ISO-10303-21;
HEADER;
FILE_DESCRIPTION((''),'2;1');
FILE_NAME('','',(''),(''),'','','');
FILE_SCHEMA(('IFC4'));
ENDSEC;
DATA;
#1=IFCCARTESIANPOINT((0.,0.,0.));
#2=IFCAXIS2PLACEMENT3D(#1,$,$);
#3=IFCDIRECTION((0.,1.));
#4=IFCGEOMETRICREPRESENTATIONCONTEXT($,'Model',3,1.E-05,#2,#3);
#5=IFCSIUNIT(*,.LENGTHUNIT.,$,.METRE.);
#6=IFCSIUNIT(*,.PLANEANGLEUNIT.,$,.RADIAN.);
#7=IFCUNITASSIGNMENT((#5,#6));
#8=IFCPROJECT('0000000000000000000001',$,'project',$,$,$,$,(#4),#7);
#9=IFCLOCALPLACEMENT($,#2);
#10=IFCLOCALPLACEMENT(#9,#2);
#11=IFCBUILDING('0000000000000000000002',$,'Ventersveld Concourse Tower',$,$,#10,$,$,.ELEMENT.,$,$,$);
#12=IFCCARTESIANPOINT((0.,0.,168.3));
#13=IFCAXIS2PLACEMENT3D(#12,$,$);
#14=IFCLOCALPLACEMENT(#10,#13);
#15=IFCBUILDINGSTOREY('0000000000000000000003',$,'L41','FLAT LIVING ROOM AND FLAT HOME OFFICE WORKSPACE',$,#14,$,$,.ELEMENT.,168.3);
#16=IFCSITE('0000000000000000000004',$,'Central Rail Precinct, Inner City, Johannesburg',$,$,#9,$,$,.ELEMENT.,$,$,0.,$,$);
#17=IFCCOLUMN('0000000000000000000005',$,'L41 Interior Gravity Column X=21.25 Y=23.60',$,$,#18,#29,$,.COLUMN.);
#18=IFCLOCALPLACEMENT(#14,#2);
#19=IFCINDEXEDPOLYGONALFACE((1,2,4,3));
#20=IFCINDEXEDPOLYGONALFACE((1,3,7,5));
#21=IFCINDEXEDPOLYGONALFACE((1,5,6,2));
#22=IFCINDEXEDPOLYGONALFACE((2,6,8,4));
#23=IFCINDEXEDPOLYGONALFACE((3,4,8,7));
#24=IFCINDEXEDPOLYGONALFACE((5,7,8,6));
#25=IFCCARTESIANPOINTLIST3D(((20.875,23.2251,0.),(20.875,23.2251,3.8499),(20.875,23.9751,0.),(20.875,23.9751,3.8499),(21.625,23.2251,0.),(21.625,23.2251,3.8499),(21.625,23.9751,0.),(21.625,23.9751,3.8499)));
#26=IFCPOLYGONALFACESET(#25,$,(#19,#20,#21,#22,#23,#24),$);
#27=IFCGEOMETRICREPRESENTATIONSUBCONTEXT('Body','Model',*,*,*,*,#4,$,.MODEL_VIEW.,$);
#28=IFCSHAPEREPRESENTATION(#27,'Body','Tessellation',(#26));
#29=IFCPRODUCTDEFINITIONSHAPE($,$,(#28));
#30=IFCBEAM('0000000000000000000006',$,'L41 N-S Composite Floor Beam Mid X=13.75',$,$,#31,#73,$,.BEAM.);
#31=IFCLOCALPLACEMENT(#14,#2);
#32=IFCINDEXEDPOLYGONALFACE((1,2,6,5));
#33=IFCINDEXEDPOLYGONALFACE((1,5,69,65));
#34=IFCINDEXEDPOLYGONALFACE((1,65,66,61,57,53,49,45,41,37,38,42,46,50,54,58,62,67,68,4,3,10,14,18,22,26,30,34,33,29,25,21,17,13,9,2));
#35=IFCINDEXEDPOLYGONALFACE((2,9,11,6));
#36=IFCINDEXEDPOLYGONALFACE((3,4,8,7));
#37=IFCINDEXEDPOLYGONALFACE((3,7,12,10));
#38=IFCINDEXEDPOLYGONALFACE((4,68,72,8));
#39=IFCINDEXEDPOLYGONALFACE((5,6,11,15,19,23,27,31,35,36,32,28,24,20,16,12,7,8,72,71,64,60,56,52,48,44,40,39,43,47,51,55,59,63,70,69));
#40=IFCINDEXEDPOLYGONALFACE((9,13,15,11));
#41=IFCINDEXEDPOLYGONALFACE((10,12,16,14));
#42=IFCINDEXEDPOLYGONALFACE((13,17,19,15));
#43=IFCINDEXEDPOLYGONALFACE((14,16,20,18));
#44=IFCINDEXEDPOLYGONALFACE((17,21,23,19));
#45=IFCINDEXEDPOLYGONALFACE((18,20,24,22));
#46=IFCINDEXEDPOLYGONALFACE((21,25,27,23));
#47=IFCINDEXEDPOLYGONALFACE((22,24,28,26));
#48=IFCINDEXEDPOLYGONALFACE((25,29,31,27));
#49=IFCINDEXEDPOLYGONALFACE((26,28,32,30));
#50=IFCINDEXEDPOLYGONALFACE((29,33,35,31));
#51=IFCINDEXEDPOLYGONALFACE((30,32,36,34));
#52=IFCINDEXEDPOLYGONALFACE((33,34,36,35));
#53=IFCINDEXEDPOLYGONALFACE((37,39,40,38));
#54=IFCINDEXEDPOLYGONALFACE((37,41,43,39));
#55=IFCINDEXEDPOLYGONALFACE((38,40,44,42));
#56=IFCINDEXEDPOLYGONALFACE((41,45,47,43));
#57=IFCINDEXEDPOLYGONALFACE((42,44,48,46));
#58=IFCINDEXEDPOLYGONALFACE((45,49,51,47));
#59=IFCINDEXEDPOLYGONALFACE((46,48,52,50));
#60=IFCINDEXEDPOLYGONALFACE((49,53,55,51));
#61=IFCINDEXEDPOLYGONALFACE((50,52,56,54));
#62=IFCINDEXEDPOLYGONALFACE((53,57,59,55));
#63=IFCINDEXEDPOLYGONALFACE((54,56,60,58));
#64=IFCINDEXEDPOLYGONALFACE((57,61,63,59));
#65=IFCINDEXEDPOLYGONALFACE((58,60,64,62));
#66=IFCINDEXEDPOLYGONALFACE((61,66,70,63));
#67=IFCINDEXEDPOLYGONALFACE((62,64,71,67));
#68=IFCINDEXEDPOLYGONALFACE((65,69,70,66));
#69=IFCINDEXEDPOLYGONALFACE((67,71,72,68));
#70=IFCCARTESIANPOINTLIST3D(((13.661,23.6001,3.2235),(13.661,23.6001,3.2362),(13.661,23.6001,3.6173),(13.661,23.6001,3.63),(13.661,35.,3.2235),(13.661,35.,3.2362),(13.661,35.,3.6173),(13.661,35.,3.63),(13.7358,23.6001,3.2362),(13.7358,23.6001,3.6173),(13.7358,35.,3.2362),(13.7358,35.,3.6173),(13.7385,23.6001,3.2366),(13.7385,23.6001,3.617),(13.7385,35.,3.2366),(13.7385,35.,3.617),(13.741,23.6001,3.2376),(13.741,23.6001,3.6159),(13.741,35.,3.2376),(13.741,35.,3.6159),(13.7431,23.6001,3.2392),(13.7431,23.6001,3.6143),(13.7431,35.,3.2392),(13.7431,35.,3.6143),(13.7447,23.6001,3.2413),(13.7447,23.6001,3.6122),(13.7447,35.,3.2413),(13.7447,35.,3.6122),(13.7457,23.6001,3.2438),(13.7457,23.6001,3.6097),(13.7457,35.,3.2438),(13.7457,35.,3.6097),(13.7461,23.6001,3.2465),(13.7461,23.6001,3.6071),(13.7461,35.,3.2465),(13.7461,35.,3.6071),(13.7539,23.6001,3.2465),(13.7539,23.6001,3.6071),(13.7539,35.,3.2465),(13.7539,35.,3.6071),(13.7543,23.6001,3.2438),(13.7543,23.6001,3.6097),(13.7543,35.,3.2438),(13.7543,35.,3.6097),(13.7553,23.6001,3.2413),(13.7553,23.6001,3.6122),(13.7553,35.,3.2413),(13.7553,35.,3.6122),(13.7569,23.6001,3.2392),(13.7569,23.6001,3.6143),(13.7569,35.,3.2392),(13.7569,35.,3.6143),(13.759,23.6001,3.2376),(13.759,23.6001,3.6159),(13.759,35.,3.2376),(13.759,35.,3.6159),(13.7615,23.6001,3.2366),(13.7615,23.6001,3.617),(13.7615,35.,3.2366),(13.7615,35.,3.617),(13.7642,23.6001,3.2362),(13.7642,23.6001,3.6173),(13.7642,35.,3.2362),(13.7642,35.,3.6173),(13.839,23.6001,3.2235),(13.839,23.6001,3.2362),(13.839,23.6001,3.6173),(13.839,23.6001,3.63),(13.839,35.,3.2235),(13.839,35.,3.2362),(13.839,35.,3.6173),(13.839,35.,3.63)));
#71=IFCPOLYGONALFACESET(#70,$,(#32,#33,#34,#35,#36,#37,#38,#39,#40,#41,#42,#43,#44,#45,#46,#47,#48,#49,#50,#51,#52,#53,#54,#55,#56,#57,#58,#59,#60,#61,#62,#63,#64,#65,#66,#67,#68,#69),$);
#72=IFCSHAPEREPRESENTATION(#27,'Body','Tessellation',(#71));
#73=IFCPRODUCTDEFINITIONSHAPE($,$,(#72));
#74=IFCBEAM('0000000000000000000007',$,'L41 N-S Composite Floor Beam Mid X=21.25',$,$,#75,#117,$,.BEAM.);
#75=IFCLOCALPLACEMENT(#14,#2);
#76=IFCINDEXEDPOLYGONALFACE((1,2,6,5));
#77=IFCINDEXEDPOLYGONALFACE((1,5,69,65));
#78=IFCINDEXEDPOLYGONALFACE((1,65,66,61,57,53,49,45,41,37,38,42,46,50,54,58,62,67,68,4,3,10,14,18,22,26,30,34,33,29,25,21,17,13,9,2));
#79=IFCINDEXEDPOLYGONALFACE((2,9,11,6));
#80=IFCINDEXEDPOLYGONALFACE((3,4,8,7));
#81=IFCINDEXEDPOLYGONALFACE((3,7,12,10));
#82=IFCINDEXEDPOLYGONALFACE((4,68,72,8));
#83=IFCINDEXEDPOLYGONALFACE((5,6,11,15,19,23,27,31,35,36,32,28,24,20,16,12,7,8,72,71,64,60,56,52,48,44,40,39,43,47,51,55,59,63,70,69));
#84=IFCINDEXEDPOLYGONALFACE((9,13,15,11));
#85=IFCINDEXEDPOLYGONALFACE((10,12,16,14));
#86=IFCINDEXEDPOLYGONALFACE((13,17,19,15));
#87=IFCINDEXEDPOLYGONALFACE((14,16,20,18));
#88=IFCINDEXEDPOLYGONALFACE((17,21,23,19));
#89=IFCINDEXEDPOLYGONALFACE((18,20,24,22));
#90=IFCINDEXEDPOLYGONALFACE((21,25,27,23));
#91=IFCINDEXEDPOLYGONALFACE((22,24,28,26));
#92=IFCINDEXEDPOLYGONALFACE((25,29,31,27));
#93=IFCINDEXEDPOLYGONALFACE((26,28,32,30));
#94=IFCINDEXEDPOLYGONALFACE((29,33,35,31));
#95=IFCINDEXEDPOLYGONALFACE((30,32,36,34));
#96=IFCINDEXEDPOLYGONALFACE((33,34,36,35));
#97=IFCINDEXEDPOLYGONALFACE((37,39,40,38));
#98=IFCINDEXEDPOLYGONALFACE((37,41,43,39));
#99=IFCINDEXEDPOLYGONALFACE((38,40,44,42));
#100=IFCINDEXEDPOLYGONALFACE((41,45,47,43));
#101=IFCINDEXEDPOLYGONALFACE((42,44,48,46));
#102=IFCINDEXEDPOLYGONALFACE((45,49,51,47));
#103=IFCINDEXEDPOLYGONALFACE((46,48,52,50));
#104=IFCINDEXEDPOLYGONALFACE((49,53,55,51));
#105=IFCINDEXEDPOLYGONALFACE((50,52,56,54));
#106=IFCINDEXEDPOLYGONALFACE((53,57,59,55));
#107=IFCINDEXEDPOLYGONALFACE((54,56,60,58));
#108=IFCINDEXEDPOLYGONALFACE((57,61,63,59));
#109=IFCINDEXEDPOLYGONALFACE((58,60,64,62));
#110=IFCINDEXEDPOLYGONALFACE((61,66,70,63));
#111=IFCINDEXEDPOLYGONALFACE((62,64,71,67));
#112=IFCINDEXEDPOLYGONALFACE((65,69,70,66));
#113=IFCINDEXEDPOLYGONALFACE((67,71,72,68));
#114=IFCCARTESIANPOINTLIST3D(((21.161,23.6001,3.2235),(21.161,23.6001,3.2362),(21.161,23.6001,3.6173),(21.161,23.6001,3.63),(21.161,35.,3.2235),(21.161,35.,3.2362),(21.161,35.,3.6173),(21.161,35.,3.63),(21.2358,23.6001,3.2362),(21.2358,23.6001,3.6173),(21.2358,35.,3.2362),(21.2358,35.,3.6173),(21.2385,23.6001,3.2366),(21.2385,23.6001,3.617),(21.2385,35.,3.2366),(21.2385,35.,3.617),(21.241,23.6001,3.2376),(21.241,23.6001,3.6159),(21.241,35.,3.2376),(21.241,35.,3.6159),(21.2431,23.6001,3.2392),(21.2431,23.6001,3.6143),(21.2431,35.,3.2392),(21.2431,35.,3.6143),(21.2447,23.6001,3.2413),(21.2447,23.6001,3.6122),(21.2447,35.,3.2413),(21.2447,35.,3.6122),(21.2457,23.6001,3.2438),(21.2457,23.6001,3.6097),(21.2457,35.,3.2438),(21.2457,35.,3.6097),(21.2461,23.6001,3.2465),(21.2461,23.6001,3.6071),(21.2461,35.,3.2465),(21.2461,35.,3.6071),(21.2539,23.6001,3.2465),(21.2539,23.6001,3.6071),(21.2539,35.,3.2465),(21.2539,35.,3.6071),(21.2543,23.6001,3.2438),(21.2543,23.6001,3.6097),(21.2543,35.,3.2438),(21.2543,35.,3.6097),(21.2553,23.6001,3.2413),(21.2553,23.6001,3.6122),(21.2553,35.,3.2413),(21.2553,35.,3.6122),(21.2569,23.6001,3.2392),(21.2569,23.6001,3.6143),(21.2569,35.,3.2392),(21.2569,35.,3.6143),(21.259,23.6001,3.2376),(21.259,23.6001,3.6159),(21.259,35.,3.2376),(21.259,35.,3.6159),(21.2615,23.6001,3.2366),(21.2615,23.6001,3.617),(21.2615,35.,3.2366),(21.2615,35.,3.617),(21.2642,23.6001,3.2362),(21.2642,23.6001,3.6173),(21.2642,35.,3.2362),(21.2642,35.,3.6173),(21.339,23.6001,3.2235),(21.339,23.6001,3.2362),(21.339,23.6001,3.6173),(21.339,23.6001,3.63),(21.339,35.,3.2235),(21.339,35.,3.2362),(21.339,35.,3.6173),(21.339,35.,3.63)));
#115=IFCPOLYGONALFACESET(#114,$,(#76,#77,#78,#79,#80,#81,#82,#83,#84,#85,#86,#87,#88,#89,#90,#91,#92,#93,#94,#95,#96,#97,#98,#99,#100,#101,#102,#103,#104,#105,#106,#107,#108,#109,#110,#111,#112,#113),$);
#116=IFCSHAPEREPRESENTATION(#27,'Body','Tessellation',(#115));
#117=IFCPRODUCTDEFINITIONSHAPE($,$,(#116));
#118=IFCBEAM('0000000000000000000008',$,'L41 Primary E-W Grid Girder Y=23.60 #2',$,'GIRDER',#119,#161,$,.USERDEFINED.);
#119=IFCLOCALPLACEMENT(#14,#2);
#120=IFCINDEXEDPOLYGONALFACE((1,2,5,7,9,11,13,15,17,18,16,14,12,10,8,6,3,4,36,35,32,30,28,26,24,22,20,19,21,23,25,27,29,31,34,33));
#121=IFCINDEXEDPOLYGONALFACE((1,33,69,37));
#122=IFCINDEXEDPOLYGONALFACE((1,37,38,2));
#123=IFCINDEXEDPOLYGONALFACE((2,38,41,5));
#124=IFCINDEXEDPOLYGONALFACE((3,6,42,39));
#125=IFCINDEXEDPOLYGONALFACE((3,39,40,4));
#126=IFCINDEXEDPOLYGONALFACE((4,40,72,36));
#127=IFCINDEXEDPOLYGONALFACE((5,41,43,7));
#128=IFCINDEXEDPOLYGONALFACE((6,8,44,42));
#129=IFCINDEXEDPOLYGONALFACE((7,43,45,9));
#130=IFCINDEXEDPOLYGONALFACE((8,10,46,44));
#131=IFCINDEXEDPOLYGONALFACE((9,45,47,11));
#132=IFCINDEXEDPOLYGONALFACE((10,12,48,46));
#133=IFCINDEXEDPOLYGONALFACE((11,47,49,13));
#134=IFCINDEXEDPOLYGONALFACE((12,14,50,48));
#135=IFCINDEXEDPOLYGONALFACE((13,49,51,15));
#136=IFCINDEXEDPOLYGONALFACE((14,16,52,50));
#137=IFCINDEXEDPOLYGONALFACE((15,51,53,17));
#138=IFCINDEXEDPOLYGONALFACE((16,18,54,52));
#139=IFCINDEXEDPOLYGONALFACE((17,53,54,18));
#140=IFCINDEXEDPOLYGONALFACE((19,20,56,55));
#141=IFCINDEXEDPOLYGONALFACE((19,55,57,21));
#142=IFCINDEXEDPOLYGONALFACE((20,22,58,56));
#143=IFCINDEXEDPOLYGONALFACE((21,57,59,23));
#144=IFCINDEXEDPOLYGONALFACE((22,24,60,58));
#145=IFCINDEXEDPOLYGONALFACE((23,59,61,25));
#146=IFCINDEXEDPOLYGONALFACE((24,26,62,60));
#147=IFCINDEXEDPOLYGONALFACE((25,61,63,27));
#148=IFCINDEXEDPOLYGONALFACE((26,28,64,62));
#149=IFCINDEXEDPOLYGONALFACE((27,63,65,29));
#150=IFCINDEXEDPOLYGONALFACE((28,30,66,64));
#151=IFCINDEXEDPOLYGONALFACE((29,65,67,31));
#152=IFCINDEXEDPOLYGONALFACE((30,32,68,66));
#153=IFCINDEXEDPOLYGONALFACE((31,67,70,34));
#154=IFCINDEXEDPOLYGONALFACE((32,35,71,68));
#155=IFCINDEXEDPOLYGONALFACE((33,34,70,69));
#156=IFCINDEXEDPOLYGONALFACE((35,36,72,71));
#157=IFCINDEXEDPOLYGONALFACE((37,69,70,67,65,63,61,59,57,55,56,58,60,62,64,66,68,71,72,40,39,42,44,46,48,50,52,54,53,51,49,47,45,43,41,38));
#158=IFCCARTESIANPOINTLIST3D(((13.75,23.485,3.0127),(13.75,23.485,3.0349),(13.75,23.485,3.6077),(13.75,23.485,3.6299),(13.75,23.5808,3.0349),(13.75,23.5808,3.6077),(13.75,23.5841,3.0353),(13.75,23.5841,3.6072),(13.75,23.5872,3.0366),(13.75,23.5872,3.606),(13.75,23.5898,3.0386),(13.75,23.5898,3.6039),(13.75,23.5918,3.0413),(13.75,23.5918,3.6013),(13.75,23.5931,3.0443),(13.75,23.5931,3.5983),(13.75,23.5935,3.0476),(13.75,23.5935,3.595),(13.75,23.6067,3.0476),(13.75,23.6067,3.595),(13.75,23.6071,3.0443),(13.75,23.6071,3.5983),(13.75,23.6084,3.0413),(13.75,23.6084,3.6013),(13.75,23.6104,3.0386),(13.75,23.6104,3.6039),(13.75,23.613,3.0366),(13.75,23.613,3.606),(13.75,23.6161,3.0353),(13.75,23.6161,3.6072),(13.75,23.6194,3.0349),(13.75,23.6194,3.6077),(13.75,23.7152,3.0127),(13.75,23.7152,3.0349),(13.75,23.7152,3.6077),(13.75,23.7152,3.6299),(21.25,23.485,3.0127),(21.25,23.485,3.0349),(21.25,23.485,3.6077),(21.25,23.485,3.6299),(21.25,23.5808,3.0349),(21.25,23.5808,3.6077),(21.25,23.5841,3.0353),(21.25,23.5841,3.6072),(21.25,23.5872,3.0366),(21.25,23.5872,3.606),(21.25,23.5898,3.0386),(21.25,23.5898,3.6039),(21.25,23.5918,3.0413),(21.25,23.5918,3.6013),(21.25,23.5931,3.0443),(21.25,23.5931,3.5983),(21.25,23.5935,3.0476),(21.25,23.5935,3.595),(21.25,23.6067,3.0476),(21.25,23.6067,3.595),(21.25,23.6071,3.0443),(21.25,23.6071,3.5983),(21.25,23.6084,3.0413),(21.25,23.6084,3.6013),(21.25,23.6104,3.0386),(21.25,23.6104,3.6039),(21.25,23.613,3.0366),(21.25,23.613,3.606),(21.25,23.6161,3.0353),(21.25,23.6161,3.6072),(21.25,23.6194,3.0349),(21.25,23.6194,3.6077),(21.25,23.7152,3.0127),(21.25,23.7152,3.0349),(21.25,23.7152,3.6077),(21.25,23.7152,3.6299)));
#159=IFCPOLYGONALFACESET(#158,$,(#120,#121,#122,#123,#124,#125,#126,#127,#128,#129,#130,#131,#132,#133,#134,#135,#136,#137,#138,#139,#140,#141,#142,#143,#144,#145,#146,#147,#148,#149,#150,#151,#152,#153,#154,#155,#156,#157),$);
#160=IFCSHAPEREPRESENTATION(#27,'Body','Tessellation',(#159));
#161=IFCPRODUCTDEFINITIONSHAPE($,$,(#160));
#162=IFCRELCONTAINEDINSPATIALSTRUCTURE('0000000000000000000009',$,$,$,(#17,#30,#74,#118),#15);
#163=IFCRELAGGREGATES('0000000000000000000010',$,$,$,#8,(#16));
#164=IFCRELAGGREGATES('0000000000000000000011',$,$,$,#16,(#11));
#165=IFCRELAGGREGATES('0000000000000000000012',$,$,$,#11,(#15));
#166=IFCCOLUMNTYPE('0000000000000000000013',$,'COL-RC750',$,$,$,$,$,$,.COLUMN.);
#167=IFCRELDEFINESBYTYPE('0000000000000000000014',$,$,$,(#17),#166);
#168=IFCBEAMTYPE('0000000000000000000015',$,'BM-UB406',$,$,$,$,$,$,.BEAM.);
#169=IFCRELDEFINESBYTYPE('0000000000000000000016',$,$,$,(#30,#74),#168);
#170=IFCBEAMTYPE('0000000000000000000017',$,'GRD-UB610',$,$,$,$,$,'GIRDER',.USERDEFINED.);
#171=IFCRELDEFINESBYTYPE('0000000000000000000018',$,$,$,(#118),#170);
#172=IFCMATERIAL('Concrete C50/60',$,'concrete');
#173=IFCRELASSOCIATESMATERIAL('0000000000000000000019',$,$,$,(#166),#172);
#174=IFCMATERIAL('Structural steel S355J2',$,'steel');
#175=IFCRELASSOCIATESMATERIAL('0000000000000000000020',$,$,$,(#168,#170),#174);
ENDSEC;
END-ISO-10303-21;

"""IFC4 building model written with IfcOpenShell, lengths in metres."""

from ifc_helpers import new_model, si_unit, direction, frame, origin, origin_2d, place, context, subcontext, project, spatial, rectangle, i_section, extrude, material, material_profile, profile_set, type_object, element, save


model = new_model("IFC4")

# Units and contexts
model_context = context("Model", 3, precision=1e-05, world=origin(), true_north=direction((0.0, 1.0)))
body_context = subcontext(model_context, "Body", "Model", "MODEL_VIEW")
ifc_project = project(units=[si_unit("LENGTHUNIT", "METRE"), si_unit("PLANEANGLEUNIT", "RADIAN")], contexts=[model_context])

# Site, building, storey
site_placement = place(None, origin())
site = spatial("IfcSite", under=ifc_project, at=site_placement, Name="Central Rail Precinct, Inner City, Johannesburg", CompositionType="ELEMENT", RefElevation=0.0)
building_placement = place(site_placement, origin())
building = spatial("IfcBuilding", under=site, at=building_placement, Name="Ventersveld Concourse Tower", CompositionType="ELEMENT")
storey_placement = place(building_placement, frame((0.0, 0.0, 168.3)))
storey = spatial("IfcBuildingStorey", under=building, at=storey_placement, Name="L41", Description="FLAT LIVING ROOM AND FLAT HOME OFFICE WORKSPACE", CompositionType="ELEMENT", Elevation=168.3)

# Column
ifc_material_1 = material(Name="Concrete C50/60", Category="concrete")
ifc_material_profile_1 = material_profile(ifc_material_1, rectangle(XDim=0.75, YDim=0.75, at=origin_2d()), Name="RC 750x750")
ifc_profile_set_1 = profile_set([ifc_material_profile_1], Name="Concrete C50/60")
column_type = type_object("IfcColumnType", Name="COL-RC750", PredefinedType="COLUMN", material=ifc_profile_set_1)
column_placement = place(storey_placement, frame((21.25, 23.6001, 0.0), z_axis=(0.0, 0.0, 1.0), x_axis=(1.0, 0.0, 0.0)))
element("IfcColumn", 1, at=column_placement, inside=storey, type_object=column_type, Name="L41 Interior Gravity Column X=21.25 Y=23.60", PredefinedType="COLUMN", context=body_context, shape_type="SweptSolid", body=[
    extrude(rectangle(XDim=0.75, YDim=0.75, at=origin_2d()), origin(), (0.0, 0.0, 1.0), 3.8499),
])

# Beams
ifc_material_2 = material(Name="Structural steel S355J2", Category="steel")
ifc_material_profile_2 = material_profile(ifc_material_2, i_section(OverallWidth=0.178, OverallDepth=0.4065, WebThickness=0.0078, FlangeThickness=0.0127, FilletRadius=0.0103, at=origin_2d()), Name="UB 406x178x60")
ifc_profile_set_2 = profile_set([ifc_material_profile_2], Name="Structural steel S355J2")
beam_type_1 = type_object("IfcBeamType", Name="BM-UB406", PredefinedType="BEAM", material=ifc_profile_set_2)
for number, where, z_axis, x_axis, name in (
    (2, (13.75, 23.6001, 3.4268), (0.0, 1.0, 0.0), (-1.0, 0.0, 0.0), "L41 N-S Composite Floor Beam Mid X=13.75"),
    (3, (21.25, 23.6001, 3.4268), (0.0, 1.0, 0.0), (-1.0, 0.0, 0.0), "L41 N-S Composite Floor Beam Mid X=21.25"),
):
    element("IfcBeam", number, at=place(storey_placement, frame(where, z_axis=z_axis, x_axis=x_axis)), inside=storey, type_object=beam_type_1, Name=name, PredefinedType="BEAM", context=body_context, shape_type="SweptSolid", body=[
        extrude(i_section(OverallWidth=0.178, OverallDepth=0.4065, WebThickness=0.0078, FlangeThickness=0.0127, FilletRadius=0.0103, at=origin_2d()), origin(), (0.0, 0.0, 1.0), 11.3999),
    ])
ifc_material_profile_3 = material_profile(ifc_material_2, i_section(OverallWidth=0.2302, OverallDepth=0.6172, WebThickness=0.0132, FlangeThickness=0.0222, FilletRadius=0.0127, at=origin_2d()), Name="UB 610x229x140")
ifc_profile_set_3 = profile_set([ifc_material_profile_3], Name="Structural steel S355J2")
beam_type_2 = type_object("IfcBeamType", Name="GRD-UB610", ElementType="GIRDER", PredefinedType="USERDEFINED", material=ifc_profile_set_3)
for number, where, z_axis, x_axis, name in (
    (4, (13.75, 23.6001, 3.3213), (1.0, 0.0, 0.0), (0.0, 1.0, 0.0), "L41 Primary E-W Grid Girder Y=23.60 #2"),
):
    element("IfcBeam", number, at=place(storey_placement, frame(where, z_axis=z_axis, x_axis=x_axis)), inside=storey, type_object=beam_type_2, Name=name, ObjectType="GIRDER", PredefinedType="USERDEFINED", context=body_context, shape_type="SweptSolid", body=[
        extrude(i_section(OverallWidth=0.2302, OverallDepth=0.6172, WebThickness=0.0132, FlangeThickness=0.0222, FilletRadius=0.0127, at=origin_2d()), origin(), (0.0, 0.0, 1.0), 7.5),
    ])

save(model, "model.ifc")
